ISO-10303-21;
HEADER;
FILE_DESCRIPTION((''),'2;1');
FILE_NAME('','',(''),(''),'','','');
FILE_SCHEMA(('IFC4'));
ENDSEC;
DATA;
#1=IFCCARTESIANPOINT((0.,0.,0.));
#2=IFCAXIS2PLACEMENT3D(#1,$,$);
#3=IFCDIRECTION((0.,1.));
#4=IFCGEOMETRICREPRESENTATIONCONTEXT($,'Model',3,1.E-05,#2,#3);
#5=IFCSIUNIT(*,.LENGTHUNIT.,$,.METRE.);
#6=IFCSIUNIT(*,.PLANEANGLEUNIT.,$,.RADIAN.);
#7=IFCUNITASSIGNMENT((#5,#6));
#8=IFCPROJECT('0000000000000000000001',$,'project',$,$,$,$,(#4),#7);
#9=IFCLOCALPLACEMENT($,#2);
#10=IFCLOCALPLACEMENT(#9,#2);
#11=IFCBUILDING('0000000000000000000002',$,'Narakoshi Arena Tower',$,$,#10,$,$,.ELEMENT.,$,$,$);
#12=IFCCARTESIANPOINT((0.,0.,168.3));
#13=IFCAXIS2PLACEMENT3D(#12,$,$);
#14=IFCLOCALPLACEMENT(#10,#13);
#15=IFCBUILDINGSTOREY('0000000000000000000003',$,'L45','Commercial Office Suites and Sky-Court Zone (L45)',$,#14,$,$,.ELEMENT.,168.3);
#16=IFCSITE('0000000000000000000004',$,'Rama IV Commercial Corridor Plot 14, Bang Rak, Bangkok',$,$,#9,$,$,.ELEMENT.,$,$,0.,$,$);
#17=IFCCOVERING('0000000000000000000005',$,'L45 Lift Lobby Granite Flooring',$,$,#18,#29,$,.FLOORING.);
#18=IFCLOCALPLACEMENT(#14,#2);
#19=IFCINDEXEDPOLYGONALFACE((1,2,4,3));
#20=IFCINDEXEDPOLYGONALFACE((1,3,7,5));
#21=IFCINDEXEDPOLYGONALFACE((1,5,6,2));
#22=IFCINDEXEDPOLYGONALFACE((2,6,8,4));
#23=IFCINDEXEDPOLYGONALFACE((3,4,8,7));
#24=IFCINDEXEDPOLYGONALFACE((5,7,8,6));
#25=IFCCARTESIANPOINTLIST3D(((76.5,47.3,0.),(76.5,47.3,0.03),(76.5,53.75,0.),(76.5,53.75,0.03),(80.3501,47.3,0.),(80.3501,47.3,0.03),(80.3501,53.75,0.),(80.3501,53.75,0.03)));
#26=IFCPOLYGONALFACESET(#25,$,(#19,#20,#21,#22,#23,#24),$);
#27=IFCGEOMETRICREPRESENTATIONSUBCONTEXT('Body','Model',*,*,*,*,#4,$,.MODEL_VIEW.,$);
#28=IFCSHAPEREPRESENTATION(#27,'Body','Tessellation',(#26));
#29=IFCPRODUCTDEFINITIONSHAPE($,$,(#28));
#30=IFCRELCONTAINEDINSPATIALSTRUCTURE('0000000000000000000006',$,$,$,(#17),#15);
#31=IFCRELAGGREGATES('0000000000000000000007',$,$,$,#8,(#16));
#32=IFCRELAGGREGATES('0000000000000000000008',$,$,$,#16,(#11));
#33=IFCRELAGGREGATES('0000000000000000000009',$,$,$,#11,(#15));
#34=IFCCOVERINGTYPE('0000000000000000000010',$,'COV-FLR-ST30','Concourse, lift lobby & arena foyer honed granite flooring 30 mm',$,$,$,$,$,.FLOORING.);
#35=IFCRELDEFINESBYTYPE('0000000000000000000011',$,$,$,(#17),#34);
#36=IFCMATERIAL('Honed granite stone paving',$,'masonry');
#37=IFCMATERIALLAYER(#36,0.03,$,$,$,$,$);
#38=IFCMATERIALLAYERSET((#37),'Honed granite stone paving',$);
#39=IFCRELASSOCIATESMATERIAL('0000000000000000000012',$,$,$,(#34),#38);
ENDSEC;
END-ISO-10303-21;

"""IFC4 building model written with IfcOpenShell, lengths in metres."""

from ifc_helpers import new_model, si_unit, direction, frame, origin, place, context, subcontext, project, spatial, polyline, outline, extrude, material, layer, layer_set, type_object, element, save


model = new_model("IFC4")

# Units and contexts
model_context = context("Model", 3, precision=1e-05, world=origin(), true_north=direction((0.0, 1.0)))
body_context = subcontext(model_context, "Body", "Model", "MODEL_VIEW")
ifc_project = project(units=[si_unit("LENGTHUNIT", "METRE"), si_unit("PLANEANGLEUNIT", "RADIAN")], contexts=[model_context])

# Site, building, storey
site_placement = place(None, origin())
site = spatial("IfcSite", under=ifc_project, at=site_placement, Name="Rama IV Commercial Corridor Plot 14, Bang Rak, Bangkok", CompositionType="ELEMENT", RefElevation=0.0)
building_placement = place(site_placement, origin())
building = spatial("IfcBuilding", under=site, at=building_placement, Name="Narakoshi Arena Tower", CompositionType="ELEMENT")
storey_placement = place(building_placement, frame((0.0, 0.0, 168.3)))
storey = spatial("IfcBuildingStorey", under=building, at=storey_placement, Name="L45", Description="Commercial Office Suites and Sky-Court Zone (L45)", CompositionType="ELEMENT", Elevation=168.3)

# Covering
ifc_material_1 = material(Name="Honed granite stone paving", Category="masonry")
ifc_layer_1 = layer(ifc_material_1, 0.03)
ifc_layer_set_1 = layer_set([ifc_layer_1], Name="Honed granite stone paving")
covering_type_1 = type_object("IfcCoveringType", Name="COV-FLR-ST30", Description="Concourse, lift lobby & arena foyer honed granite flooring 30 mm", PredefinedType="FLOORING", material=ifc_layer_set_1)
covering_1_placement = place(storey_placement, origin())
element("IfcCovering", 1, at=covering_1_placement, inside=storey, type_object=covering_type_1, Name="L45 Lift Lobby Granite Flooring", PredefinedType="FLOORING", context=body_context, shape_type="SweptSolid", body=[
    extrude(outline(polyline([(76.5, 47.3), (80.3501, 47.3), (80.3501, 53.75), (76.5, 53.75), (76.5, 47.3)])), origin(), (0.0, 0.0, 1.0), 0.03),
])

save(model, "model.ifc")
